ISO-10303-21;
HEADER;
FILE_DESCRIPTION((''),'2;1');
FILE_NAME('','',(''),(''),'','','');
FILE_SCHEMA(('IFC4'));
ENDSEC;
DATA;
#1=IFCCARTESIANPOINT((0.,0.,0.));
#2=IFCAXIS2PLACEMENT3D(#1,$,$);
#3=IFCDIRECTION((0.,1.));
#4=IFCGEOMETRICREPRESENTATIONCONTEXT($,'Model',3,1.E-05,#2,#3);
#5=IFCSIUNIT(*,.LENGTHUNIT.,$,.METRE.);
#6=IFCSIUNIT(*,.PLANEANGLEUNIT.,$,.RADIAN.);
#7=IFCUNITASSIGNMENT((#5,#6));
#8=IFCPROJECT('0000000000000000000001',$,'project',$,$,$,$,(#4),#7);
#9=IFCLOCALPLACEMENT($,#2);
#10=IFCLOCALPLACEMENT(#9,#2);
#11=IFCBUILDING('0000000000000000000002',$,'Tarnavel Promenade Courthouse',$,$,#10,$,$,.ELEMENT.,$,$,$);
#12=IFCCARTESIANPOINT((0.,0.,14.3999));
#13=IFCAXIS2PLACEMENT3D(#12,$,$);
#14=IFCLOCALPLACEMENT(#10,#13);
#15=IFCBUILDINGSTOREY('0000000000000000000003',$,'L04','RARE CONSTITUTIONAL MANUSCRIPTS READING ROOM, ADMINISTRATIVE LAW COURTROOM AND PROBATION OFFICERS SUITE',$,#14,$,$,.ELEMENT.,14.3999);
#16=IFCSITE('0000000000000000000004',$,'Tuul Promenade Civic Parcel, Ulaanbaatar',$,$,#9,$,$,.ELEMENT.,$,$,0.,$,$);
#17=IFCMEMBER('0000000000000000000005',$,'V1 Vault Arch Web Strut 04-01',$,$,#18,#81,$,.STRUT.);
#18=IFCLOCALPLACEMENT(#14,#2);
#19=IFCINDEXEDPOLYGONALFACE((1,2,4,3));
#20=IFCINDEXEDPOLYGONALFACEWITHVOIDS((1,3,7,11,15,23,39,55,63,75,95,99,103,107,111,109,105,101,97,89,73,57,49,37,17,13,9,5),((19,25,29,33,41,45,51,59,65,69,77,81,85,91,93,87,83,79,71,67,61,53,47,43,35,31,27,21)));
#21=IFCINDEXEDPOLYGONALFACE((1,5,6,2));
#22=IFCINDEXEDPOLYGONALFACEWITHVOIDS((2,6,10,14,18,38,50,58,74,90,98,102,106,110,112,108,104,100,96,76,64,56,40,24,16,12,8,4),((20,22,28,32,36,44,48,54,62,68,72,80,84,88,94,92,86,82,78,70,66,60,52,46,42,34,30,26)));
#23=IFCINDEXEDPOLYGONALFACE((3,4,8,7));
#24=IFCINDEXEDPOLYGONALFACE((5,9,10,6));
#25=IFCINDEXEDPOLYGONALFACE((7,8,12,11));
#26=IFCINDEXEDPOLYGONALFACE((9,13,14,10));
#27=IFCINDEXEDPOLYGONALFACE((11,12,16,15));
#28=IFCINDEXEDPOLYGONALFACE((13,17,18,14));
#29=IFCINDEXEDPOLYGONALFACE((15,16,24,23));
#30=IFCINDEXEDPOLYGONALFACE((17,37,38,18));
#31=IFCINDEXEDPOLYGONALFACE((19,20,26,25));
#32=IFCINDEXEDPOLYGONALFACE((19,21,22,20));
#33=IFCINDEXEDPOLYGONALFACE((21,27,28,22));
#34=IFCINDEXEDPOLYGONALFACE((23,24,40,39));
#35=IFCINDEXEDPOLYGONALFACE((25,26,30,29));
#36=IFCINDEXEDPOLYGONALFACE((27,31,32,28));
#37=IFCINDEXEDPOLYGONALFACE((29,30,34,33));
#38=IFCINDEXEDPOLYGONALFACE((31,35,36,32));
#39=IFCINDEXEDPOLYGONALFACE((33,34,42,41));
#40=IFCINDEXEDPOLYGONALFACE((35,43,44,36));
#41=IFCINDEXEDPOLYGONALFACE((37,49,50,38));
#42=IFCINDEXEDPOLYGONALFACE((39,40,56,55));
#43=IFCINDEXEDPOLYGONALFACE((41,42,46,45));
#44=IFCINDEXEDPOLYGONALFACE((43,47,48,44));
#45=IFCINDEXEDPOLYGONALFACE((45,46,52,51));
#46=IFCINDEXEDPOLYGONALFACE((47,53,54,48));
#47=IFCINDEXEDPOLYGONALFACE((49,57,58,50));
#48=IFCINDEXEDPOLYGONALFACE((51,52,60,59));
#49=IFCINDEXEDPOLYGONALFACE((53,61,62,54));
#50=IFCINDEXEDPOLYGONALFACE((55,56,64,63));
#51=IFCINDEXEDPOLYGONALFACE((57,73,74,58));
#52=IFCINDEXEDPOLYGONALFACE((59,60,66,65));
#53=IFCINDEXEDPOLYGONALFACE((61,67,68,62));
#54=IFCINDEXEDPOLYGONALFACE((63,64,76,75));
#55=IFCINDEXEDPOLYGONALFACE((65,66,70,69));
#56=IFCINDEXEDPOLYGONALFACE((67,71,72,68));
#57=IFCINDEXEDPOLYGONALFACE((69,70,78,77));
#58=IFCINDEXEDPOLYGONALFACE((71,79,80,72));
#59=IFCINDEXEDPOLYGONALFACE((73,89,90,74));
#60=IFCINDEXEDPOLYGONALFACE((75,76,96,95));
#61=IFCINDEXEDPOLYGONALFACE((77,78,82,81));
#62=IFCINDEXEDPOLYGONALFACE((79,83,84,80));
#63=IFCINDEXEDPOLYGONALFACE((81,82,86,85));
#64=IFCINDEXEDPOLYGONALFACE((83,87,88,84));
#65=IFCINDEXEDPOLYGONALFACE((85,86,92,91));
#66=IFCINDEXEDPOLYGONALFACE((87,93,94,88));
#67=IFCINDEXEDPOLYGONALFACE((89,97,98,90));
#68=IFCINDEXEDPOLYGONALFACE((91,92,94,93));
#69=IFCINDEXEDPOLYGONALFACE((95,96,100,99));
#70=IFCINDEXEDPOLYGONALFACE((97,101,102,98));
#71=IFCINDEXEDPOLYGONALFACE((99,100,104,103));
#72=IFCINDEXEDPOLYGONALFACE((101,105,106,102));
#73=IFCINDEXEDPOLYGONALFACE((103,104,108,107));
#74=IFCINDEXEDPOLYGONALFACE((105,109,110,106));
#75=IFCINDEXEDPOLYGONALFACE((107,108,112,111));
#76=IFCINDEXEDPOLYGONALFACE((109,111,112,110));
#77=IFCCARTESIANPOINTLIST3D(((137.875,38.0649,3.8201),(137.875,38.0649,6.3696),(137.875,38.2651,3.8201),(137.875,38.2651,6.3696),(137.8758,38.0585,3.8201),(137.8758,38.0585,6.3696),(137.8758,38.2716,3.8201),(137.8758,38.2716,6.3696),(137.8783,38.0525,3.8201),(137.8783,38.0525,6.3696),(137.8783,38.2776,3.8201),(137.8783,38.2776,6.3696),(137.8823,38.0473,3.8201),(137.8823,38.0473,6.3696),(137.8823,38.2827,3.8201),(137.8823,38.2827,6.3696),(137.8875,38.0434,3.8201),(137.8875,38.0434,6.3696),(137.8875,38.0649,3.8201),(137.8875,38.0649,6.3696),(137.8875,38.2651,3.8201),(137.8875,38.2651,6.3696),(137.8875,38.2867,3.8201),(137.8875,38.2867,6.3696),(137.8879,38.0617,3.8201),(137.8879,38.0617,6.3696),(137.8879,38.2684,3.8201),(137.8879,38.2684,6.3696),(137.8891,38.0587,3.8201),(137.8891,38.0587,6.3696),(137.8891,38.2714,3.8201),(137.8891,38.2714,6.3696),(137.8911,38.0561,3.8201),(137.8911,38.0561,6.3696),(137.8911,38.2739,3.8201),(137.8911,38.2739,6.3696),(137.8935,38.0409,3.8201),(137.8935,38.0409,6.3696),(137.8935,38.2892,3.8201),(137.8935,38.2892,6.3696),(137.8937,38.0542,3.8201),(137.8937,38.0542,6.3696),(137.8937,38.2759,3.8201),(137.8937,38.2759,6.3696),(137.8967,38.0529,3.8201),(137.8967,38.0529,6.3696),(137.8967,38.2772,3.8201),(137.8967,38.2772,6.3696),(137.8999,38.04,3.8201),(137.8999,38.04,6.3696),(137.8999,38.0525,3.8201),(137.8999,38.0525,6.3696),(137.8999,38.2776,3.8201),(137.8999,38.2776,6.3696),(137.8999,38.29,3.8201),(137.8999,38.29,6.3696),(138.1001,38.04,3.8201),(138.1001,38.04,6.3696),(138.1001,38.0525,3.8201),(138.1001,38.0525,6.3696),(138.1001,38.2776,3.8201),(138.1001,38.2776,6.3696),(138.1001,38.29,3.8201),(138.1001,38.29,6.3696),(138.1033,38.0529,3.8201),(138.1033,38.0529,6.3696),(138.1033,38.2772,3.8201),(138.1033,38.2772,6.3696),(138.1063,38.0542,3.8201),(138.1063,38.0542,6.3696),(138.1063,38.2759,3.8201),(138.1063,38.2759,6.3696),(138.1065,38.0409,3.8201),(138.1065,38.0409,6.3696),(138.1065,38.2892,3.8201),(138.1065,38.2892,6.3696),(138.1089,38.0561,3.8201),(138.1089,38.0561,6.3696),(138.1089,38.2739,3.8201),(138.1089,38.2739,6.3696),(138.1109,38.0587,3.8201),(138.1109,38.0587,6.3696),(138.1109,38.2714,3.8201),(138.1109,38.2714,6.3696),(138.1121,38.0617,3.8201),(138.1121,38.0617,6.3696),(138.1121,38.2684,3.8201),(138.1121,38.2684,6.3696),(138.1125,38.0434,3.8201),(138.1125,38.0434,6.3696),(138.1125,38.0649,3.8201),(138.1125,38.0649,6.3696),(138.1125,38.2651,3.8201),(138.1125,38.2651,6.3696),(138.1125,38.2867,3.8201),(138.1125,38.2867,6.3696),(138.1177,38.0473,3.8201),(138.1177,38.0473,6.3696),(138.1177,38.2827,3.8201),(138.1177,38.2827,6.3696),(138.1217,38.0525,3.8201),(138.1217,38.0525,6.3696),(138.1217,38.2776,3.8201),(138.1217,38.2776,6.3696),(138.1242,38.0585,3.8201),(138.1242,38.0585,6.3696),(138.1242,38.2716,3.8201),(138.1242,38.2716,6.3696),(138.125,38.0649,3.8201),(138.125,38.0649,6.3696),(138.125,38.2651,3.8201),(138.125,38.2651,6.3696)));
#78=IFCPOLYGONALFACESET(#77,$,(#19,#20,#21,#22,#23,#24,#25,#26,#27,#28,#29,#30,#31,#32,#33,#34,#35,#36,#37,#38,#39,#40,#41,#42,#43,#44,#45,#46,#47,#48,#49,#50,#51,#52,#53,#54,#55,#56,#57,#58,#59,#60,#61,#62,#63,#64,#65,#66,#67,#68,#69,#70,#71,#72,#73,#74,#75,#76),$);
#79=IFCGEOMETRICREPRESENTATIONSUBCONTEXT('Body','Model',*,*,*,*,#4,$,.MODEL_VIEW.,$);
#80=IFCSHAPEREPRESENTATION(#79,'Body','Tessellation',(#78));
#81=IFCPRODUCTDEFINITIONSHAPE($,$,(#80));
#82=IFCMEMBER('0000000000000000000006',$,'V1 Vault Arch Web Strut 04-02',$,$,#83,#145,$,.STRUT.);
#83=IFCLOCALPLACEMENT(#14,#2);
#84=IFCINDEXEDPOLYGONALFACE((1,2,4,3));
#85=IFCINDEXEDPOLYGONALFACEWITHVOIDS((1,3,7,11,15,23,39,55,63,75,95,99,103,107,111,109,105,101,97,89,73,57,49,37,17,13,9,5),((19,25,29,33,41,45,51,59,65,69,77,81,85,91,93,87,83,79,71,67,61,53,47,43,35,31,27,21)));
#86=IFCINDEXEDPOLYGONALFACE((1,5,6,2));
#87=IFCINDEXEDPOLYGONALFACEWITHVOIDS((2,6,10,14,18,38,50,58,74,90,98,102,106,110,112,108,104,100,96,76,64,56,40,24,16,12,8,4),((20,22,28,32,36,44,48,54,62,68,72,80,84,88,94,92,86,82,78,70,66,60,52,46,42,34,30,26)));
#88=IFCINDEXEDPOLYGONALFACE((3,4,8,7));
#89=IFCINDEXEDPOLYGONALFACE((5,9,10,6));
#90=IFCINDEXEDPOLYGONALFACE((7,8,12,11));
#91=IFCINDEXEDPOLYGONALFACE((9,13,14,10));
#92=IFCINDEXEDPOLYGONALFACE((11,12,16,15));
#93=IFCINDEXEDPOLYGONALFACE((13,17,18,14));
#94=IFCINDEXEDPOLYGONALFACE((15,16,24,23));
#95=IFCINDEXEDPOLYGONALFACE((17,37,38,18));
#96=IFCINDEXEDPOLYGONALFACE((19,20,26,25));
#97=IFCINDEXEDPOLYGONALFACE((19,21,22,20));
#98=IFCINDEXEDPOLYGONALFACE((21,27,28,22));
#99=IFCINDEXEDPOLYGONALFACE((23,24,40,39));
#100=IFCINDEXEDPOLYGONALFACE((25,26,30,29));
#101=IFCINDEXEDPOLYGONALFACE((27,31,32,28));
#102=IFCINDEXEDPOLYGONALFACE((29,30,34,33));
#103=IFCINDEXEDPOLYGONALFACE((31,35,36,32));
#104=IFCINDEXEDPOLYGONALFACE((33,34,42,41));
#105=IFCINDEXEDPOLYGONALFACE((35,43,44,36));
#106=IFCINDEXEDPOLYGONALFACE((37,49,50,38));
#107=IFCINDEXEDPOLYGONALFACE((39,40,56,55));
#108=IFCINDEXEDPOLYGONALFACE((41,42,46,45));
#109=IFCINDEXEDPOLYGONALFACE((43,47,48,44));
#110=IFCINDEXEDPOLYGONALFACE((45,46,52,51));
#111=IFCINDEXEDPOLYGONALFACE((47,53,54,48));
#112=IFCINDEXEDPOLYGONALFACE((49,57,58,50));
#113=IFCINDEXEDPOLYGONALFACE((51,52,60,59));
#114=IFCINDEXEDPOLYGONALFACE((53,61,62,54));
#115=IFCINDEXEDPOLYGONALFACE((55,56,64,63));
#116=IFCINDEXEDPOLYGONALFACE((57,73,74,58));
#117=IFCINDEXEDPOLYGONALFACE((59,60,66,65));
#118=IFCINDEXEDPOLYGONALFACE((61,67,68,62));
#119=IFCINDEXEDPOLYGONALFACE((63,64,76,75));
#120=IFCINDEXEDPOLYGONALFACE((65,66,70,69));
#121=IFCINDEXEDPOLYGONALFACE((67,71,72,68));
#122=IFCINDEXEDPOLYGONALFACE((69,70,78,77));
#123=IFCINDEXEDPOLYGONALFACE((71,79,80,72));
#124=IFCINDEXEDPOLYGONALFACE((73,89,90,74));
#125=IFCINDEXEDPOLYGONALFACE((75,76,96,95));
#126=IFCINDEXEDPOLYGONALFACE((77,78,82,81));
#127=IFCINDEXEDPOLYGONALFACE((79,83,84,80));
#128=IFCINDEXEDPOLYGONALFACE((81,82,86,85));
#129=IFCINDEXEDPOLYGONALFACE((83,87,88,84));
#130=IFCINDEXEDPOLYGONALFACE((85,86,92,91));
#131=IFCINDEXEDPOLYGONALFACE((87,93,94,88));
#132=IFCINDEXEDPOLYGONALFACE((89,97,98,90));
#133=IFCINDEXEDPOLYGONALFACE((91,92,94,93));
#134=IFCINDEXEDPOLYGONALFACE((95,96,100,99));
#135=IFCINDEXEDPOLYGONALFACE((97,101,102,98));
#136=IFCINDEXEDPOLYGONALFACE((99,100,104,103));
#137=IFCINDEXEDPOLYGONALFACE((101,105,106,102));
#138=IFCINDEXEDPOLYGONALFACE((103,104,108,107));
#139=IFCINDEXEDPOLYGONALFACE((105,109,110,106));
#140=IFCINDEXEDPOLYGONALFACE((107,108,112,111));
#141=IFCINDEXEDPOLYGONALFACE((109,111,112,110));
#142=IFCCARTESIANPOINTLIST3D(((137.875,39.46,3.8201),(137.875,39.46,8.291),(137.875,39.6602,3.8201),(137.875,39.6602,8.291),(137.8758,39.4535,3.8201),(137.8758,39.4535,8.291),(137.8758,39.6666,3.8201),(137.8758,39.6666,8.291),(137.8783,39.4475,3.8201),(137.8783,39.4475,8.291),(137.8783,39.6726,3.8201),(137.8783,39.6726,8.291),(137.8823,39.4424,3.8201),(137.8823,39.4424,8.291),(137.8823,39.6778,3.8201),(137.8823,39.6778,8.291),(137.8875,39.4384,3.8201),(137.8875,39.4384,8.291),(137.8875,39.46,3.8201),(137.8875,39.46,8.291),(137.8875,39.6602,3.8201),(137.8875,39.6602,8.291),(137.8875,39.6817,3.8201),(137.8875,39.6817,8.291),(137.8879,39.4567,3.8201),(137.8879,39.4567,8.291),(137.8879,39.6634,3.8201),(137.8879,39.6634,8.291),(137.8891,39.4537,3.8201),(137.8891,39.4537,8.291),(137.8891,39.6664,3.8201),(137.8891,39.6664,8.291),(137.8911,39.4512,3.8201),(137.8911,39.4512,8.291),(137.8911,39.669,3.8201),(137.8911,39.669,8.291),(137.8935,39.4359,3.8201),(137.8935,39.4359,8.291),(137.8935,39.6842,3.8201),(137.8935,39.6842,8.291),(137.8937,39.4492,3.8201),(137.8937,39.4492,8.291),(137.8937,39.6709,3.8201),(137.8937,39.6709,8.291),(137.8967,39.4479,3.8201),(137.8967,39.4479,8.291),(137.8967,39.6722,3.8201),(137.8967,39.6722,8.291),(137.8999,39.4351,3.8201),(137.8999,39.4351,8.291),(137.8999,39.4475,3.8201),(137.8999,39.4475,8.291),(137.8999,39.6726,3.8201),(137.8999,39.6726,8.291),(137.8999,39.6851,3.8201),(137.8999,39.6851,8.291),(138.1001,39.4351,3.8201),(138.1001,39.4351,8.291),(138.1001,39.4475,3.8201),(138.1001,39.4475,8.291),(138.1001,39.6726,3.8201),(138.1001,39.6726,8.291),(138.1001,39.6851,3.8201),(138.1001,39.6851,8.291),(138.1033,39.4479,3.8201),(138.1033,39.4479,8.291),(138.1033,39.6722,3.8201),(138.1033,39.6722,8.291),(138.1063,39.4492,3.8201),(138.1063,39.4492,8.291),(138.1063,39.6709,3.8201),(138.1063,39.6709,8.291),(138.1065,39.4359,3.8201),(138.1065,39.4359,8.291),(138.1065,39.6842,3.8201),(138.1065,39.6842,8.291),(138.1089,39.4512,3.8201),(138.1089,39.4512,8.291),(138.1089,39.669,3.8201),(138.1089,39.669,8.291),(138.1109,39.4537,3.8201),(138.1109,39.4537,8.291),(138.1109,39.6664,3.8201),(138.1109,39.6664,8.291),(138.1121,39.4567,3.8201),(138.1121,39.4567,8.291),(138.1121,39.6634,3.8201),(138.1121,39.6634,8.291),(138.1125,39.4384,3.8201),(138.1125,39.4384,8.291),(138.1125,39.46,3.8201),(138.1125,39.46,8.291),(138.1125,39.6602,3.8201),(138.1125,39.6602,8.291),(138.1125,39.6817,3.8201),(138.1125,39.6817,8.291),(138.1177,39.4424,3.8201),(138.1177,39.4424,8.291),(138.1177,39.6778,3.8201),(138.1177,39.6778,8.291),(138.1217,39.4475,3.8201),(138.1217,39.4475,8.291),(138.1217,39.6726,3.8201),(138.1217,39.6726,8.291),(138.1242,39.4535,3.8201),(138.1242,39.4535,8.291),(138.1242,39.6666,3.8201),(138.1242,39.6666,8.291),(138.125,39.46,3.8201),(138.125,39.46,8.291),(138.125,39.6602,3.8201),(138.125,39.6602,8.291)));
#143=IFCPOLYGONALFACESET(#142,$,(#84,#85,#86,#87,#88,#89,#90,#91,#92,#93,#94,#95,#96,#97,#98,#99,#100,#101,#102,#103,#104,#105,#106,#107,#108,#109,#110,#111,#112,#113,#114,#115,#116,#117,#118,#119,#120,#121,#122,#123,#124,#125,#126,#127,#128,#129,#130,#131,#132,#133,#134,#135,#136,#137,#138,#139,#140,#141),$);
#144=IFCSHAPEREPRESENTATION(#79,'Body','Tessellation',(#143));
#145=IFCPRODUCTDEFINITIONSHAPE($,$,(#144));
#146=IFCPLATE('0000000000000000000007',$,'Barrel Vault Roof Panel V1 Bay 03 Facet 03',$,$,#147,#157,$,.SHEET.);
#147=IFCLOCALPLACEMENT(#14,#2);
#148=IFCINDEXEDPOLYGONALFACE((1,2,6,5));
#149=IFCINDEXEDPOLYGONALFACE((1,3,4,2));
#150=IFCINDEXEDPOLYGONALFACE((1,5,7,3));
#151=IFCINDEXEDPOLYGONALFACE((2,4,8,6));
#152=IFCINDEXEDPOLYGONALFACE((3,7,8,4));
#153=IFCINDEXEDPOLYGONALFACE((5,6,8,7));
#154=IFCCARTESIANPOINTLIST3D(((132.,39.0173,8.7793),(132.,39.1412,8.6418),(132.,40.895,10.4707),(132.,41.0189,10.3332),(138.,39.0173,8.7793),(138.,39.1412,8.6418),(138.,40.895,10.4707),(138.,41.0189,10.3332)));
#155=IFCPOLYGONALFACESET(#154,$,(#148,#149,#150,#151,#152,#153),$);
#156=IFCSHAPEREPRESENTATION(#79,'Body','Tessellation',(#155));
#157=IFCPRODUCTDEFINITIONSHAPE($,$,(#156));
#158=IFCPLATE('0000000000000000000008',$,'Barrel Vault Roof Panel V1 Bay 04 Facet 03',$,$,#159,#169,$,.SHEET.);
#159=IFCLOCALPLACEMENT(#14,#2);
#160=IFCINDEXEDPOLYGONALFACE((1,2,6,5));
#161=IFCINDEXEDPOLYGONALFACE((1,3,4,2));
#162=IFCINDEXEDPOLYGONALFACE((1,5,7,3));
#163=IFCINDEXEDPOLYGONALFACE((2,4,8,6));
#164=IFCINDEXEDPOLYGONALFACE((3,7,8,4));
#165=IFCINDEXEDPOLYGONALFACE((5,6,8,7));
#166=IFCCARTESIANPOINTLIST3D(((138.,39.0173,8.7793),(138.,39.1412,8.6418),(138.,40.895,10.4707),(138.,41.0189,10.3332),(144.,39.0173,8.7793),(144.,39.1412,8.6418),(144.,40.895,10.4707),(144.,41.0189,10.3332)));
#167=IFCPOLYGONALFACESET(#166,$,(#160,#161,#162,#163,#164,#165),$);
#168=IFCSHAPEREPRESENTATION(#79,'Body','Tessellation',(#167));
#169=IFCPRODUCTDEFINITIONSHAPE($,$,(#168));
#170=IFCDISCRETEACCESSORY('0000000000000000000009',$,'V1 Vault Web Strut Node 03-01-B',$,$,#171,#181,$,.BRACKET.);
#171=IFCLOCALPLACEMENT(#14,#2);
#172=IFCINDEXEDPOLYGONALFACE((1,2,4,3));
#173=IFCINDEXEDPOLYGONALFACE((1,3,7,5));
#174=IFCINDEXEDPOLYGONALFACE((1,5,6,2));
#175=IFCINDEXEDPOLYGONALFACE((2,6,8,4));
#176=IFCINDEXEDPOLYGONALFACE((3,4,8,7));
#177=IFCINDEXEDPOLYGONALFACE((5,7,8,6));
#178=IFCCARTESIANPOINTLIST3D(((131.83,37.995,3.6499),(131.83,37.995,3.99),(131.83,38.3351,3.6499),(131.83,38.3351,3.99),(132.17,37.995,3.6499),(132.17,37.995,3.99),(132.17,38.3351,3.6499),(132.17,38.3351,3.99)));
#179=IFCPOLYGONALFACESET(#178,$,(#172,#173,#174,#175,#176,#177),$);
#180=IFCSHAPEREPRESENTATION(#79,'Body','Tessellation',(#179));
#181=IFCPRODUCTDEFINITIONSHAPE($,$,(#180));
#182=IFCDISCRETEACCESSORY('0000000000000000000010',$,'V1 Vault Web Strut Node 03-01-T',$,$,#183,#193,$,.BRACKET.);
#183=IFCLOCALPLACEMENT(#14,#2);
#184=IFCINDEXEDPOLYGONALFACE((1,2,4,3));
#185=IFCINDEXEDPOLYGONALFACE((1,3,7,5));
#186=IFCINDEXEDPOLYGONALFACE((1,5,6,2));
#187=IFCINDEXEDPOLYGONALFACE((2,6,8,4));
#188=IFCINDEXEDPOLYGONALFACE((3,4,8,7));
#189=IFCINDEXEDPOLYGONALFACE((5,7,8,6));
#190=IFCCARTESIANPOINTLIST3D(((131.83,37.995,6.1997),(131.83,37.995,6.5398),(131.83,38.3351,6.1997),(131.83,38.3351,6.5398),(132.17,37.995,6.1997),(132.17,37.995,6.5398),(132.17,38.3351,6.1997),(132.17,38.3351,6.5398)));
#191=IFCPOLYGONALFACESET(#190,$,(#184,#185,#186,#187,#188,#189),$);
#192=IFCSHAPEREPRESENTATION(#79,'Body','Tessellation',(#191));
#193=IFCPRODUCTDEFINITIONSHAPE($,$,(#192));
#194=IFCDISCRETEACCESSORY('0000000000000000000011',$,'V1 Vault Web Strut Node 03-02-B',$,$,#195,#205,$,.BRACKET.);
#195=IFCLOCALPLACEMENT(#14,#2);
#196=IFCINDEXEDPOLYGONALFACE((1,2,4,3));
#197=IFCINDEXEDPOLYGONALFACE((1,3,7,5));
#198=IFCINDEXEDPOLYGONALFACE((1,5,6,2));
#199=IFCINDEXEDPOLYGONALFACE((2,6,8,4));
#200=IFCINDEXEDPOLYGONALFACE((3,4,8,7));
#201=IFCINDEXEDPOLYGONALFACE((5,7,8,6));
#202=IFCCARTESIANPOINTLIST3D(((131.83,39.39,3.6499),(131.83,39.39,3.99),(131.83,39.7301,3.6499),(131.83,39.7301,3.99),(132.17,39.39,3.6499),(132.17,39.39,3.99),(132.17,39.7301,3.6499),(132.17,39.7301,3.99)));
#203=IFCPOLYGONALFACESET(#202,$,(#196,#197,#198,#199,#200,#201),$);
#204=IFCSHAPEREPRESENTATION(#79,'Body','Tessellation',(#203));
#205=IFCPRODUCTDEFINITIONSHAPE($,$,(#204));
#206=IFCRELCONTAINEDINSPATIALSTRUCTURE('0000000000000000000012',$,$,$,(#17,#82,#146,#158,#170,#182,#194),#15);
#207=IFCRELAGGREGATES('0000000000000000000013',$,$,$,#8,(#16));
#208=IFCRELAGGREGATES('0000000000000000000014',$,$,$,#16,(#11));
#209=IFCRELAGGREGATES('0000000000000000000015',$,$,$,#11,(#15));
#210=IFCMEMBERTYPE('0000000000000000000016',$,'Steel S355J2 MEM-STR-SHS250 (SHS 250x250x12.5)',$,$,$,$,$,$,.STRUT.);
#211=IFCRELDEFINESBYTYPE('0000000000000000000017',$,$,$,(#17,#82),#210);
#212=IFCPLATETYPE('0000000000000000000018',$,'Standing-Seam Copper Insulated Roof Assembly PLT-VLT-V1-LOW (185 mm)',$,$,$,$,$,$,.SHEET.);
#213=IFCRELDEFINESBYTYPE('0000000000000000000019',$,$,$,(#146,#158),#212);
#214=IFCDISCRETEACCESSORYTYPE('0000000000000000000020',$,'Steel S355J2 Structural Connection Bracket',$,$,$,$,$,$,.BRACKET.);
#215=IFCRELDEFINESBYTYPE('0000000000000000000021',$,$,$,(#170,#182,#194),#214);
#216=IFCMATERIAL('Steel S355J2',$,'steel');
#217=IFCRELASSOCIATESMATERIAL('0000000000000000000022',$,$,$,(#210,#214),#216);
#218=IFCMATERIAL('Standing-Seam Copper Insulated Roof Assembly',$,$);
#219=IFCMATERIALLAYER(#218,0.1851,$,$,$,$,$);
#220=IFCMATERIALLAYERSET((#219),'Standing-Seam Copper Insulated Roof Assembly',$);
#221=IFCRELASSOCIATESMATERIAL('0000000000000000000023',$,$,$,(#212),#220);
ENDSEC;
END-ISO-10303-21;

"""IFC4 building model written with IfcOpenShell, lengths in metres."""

from ifc_helpers import new_model, si_unit, direction, frame, origin, origin_2d, place, context, subcontext, project, spatial, polyline, rectangle, hollow_rectangle, outline, extrude, material, layer, layer_set, material_profile, profile_set, type_object, element, save


model = new_model("IFC4")

# Units and contexts
model_context = context("Model", 3, precision=1e-05, world=origin(), true_north=direction((0.0, 1.0)))
body_context = subcontext(model_context, "Body", "Model", "MODEL_VIEW")
ifc_project = project(units=[si_unit("LENGTHUNIT", "METRE"), si_unit("PLANEANGLEUNIT", "RADIAN")], contexts=[model_context])

# Site, building, storey
site_placement = place(None, origin())
site = spatial("IfcSite", under=ifc_project, at=site_placement, Name="Tuul Promenade Civic Parcel, Ulaanbaatar", CompositionType="ELEMENT", RefElevation=0.0)
building_placement = place(site_placement, origin())
building = spatial("IfcBuilding", under=site, at=building_placement, Name="Tarnavel Promenade Courthouse", CompositionType="ELEMENT")
storey_placement = place(building_placement, frame((0.0, 0.0, 14.3999)))
storey = spatial("IfcBuildingStorey", under=building, at=storey_placement, Name="L04", Description="RARE CONSTITUTIONAL MANUSCRIPTS READING ROOM, ADMINISTRATIVE LAW COURTROOM AND PROBATION OFFICERS SUITE", CompositionType="ELEMENT", Elevation=14.3999)

# Shared definitions
ifc_material_1 = material(Name="Steel S355J2", Category="steel")

# Members
ifc_material_profile_1 = material_profile(ifc_material_1, hollow_rectangle(XDim=0.25, YDim=0.25, WallThickness=0.0125, InnerFilletRadius=0.0125, OuterFilletRadius=0.0249, at=origin_2d()), Name="SHS 250x250x12.5")
ifc_profile_set_1 = profile_set([ifc_material_profile_1], Name="Steel S355J2")
member_type_1 = type_object("IfcMemberType", Name="Steel S355J2 MEM-STR-SHS250 (SHS 250x250x12.5)", PredefinedType="STRUT", material=ifc_profile_set_1)
member_1_placement = place(storey_placement, frame((138.0, 38.165, 3.8201), z_axis=(0.0, 0.0, 1.0), x_axis=(1.0, 0.0, 0.0)))
element("IfcMember", 1, at=member_1_placement, inside=storey, type_object=member_type_1, Name="V1 Vault Arch Web Strut 04-01", PredefinedType="STRUT", context=body_context, shape_type="SweptSolid", body=[
    extrude(hollow_rectangle(XDim=0.25, YDim=0.25, WallThickness=0.0125, InnerFilletRadius=0.0125, OuterFilletRadius=0.0249, at=origin_2d()), origin(), (0.0, 0.0, 1.0), 2.5496),
])
member_2_placement = place(storey_placement, frame((138.0, 39.5601, 3.8201), z_axis=(0.0, 0.0, 1.0), x_axis=(1.0, 0.0, 0.0)))
element("IfcMember", 2, at=member_2_placement, inside=storey, type_object=member_type_1, Name="V1 Vault Arch Web Strut 04-02", PredefinedType="STRUT", context=body_context, shape_type="SweptSolid", body=[
    extrude(hollow_rectangle(XDim=0.25, YDim=0.25, WallThickness=0.0125, InnerFilletRadius=0.0125, OuterFilletRadius=0.0249, at=origin_2d()), origin(), (0.0, 0.0, 1.0), 4.4709),
])

# Plates
ifc_material_2 = material(Name="Standing-Seam Copper Insulated Roof Assembly")
ifc_layer = layer(ifc_material_2, 0.1851)
ifc_layer_set = layer_set([ifc_layer], Name="Standing-Seam Copper Insulated Roof Assembly")
plate_type = type_object("IfcPlateType", Name="Standing-Seam Copper Insulated Roof Assembly PLT-VLT-V1-LOW (185 mm)", PredefinedType="SHEET", material=ifc_layer_set)
for number, where, z_axis, x_axis, name in (
    (3, (132.0, 39.0173, 8.7793), (0.0, -0.66929, 0.743001), (1.0, 0.0, 0.0), "Barrel Vault Roof Panel V1 Bay 03 Facet 03"),
    (4, (138.0, 39.0173, 8.7793), (0.0, -0.66929, 0.743001), (1.0, 0.0, 0.0), "Barrel Vault Roof Panel V1 Bay 04 Facet 03"),
):
    element("IfcPlate", number, at=place(storey_placement, frame(where, z_axis=z_axis, x_axis=x_axis)), inside=storey, type_object=plate_type, Name=name, PredefinedType="SHEET", context=body_context, shape_type="SweptSolid", body=[
        extrude(outline(polyline([(0.0, 0.0), (6.0, 0.0), (6.0, 2.5272), (0.0, 2.5272), (0.0, 0.0)])), origin(), (0.0, 0.0, -1.0), 0.1851),
    ])

# Discrete accessories
discrete_accessory_type = type_object("IfcDiscreteAccessoryType", Name="Steel S355J2 Structural Connection Bracket", PredefinedType="BRACKET", material=ifc_material_1)
for number, where, z_axis, x_axis, name in (
    (5, (132.0, 38.165, 3.6499), (0.0, 0.0, 1.0), (1.0, 0.0, 0.0), "V1 Vault Web Strut Node 03-01-B"),
    (6, (132.0, 38.165, 6.1997), (0.0, 0.0, 1.0), (1.0, 0.0, 0.0), "V1 Vault Web Strut Node 03-01-T"),
    (7, (132.0, 39.5601, 3.6499), (0.0, 0.0, 1.0), (1.0, 0.0, 0.0), "V1 Vault Web Strut Node 03-02-B"),
):
    element("IfcDiscreteAccessory", number, at=place(storey_placement, frame(where, z_axis=z_axis, x_axis=x_axis)), inside=storey, type_object=discrete_accessory_type, Name=name, PredefinedType="BRACKET", context=body_context, shape_type="SweptSolid", body=[
        extrude(rectangle(XDim=0.3401, YDim=0.3401, at=origin_2d()), origin(), (0.0, 0.0, 1.0), 0.3401),
    ])

save(model, "model.ifc")
